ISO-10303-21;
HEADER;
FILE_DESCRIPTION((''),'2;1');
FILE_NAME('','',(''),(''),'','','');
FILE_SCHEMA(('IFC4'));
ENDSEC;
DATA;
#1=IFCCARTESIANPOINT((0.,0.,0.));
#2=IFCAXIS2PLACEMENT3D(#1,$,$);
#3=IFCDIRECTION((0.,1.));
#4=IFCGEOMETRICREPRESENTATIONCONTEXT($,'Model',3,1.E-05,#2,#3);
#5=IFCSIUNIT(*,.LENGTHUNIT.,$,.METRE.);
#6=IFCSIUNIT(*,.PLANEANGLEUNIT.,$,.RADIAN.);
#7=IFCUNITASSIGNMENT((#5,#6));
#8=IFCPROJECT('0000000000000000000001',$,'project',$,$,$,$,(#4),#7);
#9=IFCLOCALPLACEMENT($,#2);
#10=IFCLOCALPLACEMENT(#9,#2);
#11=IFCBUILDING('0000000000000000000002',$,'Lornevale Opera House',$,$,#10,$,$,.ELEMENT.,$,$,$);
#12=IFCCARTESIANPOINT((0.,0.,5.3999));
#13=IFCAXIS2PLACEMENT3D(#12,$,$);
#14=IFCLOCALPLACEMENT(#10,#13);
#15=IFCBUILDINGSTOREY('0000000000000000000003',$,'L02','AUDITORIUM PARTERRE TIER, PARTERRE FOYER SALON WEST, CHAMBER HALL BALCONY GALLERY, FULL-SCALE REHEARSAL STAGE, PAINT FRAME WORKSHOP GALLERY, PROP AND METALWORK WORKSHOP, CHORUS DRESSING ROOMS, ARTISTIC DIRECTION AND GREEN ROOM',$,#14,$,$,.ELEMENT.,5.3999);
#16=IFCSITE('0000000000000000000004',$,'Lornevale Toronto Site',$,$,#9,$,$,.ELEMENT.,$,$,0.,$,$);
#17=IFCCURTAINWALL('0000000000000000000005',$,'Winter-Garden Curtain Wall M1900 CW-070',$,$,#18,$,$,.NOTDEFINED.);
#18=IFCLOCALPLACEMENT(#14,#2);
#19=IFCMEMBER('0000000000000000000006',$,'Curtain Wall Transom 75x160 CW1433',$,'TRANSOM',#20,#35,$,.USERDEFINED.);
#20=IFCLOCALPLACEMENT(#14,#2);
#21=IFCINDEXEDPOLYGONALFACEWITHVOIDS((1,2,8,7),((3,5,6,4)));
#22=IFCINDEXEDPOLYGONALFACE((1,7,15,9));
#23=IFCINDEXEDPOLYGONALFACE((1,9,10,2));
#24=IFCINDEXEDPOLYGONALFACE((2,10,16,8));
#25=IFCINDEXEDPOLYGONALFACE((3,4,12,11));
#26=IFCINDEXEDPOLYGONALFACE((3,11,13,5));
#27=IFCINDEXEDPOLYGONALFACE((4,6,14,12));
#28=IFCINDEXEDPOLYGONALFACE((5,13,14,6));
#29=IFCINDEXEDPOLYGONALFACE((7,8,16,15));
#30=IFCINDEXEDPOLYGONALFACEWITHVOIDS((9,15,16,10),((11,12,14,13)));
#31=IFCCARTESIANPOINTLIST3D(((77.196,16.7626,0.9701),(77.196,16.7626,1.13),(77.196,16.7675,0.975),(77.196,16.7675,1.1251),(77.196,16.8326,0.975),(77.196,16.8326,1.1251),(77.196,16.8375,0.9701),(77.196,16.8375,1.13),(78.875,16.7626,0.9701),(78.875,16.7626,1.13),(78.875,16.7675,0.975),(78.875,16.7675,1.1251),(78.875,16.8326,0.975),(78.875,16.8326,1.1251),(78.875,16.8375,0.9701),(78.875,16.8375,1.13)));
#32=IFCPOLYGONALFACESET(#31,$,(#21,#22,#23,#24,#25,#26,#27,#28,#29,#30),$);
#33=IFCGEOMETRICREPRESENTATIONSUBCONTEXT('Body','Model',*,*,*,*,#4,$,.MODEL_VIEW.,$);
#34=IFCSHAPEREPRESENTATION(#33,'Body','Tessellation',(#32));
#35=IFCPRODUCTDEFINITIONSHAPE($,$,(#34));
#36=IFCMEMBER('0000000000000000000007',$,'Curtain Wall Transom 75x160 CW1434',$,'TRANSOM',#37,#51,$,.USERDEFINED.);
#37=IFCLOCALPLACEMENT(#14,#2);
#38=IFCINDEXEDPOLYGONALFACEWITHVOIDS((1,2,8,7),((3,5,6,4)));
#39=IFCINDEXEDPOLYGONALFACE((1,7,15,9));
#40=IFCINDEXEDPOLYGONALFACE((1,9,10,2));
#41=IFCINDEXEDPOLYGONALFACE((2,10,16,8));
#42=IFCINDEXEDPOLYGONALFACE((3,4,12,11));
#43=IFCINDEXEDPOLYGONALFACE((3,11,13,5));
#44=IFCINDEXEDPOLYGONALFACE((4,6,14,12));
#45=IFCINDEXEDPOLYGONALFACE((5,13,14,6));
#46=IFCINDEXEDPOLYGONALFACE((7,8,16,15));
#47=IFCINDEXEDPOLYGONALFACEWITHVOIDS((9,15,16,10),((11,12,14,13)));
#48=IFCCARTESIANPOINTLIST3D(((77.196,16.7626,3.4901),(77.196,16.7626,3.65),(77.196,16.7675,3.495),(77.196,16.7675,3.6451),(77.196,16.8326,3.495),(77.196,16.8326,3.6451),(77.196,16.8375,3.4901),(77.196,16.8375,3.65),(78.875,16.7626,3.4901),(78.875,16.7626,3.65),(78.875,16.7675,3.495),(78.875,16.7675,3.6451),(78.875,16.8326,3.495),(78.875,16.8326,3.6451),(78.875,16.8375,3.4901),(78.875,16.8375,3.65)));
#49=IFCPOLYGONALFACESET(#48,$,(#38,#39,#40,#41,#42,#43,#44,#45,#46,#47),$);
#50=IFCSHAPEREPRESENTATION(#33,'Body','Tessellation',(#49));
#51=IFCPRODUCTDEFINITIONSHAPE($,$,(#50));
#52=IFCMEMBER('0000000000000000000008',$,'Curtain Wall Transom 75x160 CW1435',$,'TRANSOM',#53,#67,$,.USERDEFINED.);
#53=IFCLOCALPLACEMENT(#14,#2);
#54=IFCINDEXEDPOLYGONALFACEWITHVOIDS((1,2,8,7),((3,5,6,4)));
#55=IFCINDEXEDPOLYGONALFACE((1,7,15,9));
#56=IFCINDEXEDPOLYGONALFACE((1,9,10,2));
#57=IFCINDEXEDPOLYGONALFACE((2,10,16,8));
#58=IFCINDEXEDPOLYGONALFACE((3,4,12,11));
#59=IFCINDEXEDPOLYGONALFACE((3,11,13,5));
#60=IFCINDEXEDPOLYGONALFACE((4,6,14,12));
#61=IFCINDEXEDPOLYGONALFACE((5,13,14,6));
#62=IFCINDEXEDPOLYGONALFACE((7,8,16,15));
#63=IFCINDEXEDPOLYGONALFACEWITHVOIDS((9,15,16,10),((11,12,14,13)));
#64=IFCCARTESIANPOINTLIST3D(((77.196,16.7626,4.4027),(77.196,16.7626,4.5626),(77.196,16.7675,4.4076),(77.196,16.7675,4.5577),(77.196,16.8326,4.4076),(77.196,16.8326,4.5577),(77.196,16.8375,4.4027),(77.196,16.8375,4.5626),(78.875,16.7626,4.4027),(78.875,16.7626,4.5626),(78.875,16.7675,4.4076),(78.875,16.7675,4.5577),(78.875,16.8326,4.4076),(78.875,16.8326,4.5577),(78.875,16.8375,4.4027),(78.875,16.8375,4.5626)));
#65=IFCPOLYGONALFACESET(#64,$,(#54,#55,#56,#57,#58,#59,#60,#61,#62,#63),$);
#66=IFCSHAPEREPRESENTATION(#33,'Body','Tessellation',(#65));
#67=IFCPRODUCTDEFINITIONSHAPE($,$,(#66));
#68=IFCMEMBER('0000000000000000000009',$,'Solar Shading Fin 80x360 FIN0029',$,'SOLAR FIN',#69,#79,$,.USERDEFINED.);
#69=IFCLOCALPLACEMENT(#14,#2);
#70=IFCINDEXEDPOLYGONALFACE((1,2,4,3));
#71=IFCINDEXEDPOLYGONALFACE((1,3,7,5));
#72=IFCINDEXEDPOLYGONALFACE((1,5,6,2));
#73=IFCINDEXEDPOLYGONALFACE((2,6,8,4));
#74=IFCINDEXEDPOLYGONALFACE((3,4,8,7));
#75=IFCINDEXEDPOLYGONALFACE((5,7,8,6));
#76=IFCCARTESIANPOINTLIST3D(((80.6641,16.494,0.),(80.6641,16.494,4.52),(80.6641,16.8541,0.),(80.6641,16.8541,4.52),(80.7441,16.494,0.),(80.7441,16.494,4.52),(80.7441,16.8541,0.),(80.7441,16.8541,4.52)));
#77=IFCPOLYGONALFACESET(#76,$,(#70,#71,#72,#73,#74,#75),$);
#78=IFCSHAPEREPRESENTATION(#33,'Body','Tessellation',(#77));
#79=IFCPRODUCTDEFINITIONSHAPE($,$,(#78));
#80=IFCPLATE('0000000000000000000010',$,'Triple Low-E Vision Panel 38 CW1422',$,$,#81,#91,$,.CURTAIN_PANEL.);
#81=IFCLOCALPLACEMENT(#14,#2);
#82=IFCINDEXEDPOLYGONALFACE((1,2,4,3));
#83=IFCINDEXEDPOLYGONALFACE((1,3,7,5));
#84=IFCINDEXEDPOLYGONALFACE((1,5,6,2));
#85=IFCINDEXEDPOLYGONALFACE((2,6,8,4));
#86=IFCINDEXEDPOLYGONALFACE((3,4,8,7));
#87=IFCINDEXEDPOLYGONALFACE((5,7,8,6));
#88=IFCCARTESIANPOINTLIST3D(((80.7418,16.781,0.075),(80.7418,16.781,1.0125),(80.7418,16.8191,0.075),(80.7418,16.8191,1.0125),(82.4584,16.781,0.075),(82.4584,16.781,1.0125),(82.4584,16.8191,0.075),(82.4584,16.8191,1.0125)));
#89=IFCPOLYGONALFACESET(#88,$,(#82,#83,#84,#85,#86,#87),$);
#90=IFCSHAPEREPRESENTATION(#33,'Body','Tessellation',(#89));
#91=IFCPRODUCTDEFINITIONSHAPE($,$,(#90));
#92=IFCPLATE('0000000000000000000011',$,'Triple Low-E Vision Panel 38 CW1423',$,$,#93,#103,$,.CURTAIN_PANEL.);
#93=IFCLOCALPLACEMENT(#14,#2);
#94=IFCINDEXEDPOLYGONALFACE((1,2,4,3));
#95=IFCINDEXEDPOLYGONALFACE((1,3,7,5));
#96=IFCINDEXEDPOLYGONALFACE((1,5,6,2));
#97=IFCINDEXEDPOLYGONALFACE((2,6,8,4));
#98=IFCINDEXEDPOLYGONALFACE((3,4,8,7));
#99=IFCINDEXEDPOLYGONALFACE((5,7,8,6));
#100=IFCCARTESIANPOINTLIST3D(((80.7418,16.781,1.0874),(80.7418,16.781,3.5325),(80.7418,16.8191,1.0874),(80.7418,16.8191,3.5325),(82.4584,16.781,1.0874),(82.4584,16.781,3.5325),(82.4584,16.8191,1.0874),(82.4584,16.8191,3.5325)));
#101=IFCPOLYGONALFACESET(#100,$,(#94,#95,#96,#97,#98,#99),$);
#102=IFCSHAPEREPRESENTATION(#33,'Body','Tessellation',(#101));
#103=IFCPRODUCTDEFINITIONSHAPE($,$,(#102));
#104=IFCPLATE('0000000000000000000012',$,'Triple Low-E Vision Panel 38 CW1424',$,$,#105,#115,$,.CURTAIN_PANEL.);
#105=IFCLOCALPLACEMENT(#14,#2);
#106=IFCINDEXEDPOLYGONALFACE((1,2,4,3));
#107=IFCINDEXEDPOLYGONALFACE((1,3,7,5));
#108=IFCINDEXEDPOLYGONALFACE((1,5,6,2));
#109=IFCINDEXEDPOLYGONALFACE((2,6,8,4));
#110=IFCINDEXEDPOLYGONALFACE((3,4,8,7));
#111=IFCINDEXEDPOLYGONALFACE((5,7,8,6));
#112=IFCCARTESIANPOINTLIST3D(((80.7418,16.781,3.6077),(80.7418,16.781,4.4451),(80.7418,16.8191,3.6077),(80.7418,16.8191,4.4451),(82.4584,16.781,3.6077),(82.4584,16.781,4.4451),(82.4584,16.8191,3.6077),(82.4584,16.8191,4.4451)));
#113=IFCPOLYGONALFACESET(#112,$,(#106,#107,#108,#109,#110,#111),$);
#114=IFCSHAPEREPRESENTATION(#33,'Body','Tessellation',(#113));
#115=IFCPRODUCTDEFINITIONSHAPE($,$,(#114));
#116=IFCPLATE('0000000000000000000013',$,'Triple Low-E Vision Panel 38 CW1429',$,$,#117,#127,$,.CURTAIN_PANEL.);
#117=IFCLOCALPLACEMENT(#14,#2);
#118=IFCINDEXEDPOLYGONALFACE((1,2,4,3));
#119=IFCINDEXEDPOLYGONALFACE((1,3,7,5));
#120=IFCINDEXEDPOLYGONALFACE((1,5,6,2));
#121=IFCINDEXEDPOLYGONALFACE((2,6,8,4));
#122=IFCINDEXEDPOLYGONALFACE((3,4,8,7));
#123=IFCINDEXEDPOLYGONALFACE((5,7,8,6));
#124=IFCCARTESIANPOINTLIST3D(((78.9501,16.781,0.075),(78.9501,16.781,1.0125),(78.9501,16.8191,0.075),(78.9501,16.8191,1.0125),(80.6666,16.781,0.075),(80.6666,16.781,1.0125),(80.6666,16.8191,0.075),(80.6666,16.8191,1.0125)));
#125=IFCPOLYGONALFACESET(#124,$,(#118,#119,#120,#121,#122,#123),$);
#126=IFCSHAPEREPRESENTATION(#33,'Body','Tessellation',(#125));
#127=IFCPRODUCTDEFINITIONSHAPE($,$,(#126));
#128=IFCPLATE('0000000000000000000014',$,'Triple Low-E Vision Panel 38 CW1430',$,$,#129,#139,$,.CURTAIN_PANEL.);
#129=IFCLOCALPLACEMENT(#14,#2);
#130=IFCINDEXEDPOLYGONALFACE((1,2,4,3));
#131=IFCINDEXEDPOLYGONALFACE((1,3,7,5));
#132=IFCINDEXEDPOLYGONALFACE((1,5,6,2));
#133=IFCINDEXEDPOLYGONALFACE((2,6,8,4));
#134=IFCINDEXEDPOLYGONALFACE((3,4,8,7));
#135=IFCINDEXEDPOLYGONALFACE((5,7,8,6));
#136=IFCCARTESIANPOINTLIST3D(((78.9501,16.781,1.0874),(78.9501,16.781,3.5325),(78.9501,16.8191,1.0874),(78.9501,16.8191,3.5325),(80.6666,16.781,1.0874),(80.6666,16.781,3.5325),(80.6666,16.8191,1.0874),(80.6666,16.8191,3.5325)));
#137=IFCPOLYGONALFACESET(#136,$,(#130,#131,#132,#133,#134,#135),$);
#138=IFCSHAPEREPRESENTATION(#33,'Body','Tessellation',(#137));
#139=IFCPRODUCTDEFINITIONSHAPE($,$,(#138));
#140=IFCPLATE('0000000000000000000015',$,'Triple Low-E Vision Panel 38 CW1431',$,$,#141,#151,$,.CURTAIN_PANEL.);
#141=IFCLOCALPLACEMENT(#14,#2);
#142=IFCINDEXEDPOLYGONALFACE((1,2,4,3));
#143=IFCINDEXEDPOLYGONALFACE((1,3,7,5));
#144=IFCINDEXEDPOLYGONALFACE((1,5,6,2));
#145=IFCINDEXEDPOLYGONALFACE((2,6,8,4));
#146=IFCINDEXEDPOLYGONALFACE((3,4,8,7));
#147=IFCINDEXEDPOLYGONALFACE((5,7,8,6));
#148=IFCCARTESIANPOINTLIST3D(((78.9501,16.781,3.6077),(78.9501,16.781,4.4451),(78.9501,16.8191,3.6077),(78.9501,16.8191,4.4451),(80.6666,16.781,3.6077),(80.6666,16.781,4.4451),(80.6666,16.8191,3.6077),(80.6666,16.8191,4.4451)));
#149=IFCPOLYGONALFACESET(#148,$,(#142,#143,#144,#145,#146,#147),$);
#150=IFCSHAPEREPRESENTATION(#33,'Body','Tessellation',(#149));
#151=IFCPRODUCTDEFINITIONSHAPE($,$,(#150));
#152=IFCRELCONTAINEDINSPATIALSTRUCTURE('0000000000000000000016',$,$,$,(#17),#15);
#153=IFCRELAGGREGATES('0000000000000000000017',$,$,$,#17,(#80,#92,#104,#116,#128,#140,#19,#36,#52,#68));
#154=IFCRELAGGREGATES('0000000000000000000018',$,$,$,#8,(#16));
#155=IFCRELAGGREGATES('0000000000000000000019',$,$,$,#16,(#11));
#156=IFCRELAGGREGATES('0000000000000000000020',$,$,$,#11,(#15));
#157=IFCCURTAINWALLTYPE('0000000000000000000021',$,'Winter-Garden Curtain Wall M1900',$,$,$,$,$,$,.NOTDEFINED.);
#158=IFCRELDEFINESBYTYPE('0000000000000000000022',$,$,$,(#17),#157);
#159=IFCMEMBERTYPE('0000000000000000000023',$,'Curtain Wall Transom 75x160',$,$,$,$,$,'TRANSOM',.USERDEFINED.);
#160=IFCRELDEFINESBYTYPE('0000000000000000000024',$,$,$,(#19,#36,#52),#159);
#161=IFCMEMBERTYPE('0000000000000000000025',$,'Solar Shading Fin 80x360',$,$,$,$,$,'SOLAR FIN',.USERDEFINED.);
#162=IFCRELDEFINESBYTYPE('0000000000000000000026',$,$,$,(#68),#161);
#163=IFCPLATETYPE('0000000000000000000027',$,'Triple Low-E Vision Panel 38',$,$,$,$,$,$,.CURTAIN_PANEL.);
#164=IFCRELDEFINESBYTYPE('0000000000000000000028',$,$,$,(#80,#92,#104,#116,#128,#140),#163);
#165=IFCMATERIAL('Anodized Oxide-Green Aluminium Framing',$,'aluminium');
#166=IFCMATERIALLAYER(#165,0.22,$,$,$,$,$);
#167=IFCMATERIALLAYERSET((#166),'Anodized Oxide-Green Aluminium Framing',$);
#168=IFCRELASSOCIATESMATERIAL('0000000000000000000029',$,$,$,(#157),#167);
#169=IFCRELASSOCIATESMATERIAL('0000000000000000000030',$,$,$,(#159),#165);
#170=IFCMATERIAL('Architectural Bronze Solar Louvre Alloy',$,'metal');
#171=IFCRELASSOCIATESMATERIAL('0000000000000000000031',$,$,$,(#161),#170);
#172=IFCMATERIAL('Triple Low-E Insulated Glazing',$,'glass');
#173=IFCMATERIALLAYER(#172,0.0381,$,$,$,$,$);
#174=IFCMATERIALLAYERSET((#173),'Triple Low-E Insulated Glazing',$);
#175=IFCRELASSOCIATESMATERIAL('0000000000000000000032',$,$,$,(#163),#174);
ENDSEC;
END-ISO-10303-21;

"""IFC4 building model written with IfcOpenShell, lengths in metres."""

from ifc_helpers import new_model, si_unit, direction, frame, origin, origin_2d, place, context, subcontext, project, spatial, rectangle, hollow_rectangle, extrude, material, layer, layer_set, material_profile, profile_set, type_object, element, aggregate, save


model = new_model("IFC4")

# Units and contexts
model_context = context("Model", 3, precision=1e-05, world=origin(), true_north=direction((0.0, 1.0)))
body_context = subcontext(model_context, "Body", "Model", "MODEL_VIEW")
ifc_project = project(units=[si_unit("LENGTHUNIT", "METRE"), si_unit("PLANEANGLEUNIT", "RADIAN")], contexts=[model_context])

# Site, building, storey
site_placement = place(None, origin())
site = spatial("IfcSite", under=ifc_project, at=site_placement, Name="Lornevale Toronto Site", CompositionType="ELEMENT", RefElevation=0.0)
building_placement = place(site_placement, origin())
building = spatial("IfcBuilding", under=site, at=building_placement, Name="Lornevale Opera House", CompositionType="ELEMENT")
storey_placement = place(building_placement, frame((0.0, 0.0, 5.3999)))
storey = spatial("IfcBuildingStorey", under=building, at=storey_placement, Name="L02", Description="AUDITORIUM PARTERRE TIER, PARTERRE FOYER SALON WEST, CHAMBER HALL BALCONY GALLERY, FULL-SCALE REHEARSAL STAGE, PAINT FRAME WORKSHOP GALLERY, PROP AND METALWORK WORKSHOP, CHORUS DRESSING ROOMS, ARTISTIC DIRECTION AND GREEN ROOM", CompositionType="ELEMENT", Elevation=5.3999)

# Curtain wall, members, plates
ifc_material_1 = material(Name="Anodized Oxide-Green Aluminium Framing", Category="aluminium")
ifc_layer_1 = layer(ifc_material_1, 0.22)
ifc_layer_set_1 = layer_set([ifc_layer_1], Name="Anodized Oxide-Green Aluminium Framing")
curtain_wall_type = type_object("IfcCurtainWallType", Name="Winter-Garden Curtain Wall M1900", PredefinedType="NOTDEFINED", material=ifc_layer_set_1)
curtain_wall_placement = place(storey_placement, origin())
curtain_wall = element("IfcCurtainWall", 1, at=curtain_wall_placement, inside=storey, type_object=curtain_wall_type, Name="Winter-Garden Curtain Wall M1900 CW-070", PredefinedType="NOTDEFINED")
ifc_material_profile_1 = material_profile(ifc_material_1, hollow_rectangle(XDim=0.075, YDim=0.1599, WallThickness=0.0049, at=origin_2d()), Name="ALU75x160x5")
ifc_profile_set_1 = profile_set([ifc_material_profile_1], Name="Anodized Oxide-Green Aluminium Framing")
member_type_1 = type_object("IfcMemberType", Name="Curtain Wall Transom 75x160", ElementType="TRANSOM", PredefinedType="USERDEFINED", material=ifc_profile_set_1)
member_1_placement = place(storey_placement, frame((78.875, 16.8, 1.05), z_axis=(-1.0, 0.0, 0.0), x_axis=(0.0, -1.0, 0.0)))
member_1 = element("IfcMember", 2, at=member_1_placement, type_object=member_type_1, Name="Curtain Wall Transom 75x160 CW1433", ObjectType="TRANSOM", PredefinedType="USERDEFINED", context=body_context, shape_type="SweptSolid", body=[
    extrude(hollow_rectangle(XDim=0.075, YDim=0.1599, WallThickness=0.0049, at=origin_2d()), origin(), (0.0, 0.0, 1.0), 1.679),
])
member_2_placement = place(storey_placement, frame((78.875, 16.8, 3.5701), z_axis=(-1.0, 0.0, 0.0), x_axis=(0.0, -1.0, 0.0)))
member_2 = element("IfcMember", 3, at=member_2_placement, type_object=member_type_1, Name="Curtain Wall Transom 75x160 CW1434", ObjectType="TRANSOM", PredefinedType="USERDEFINED", context=body_context, shape_type="SweptSolid", body=[
    extrude(hollow_rectangle(XDim=0.075, YDim=0.1599, WallThickness=0.0049, at=origin_2d()), origin(), (0.0, 0.0, 1.0), 1.679),
])
member_3_placement = place(storey_placement, frame((78.875, 16.8, 4.4827), z_axis=(-1.0, 0.0, 0.0), x_axis=(0.0, -1.0, 0.0)))
member_3 = element("IfcMember", 4, at=member_3_placement, type_object=member_type_1, Name="Curtain Wall Transom 75x160 CW1435", ObjectType="TRANSOM", PredefinedType="USERDEFINED", context=body_context, shape_type="SweptSolid", body=[
    extrude(hollow_rectangle(XDim=0.075, YDim=0.1599, WallThickness=0.0049, at=origin_2d()), origin(), (0.0, 0.0, 1.0), 1.679),
])
ifc_material_2 = material(Name="Architectural Bronze Solar Louvre Alloy", Category="metal")
ifc_material_profile_2 = material_profile(ifc_material_2, rectangle(XDim=0.0801, YDim=0.3601, at=origin_2d()), Name="FIN80x360")
ifc_profile_set_2 = profile_set([ifc_material_profile_2], Name="Architectural Bronze Solar Louvre Alloy")
member_type_2 = type_object("IfcMemberType", Name="Solar Shading Fin 80x360", ElementType="SOLAR FIN", PredefinedType="USERDEFINED", material=ifc_profile_set_2)
member_4_placement = place(storey_placement, frame((80.7041, 16.6741, 0.0), z_axis=(0.0, 0.0, 1.0), x_axis=(-1.0, 0.0, 0.0)))
member_4 = element("IfcMember", 5, at=member_4_placement, type_object=member_type_2, Name="Solar Shading Fin 80x360 FIN0029", ObjectType="SOLAR FIN", PredefinedType="USERDEFINED", context=body_context, shape_type="SweptSolid", body=[
    extrude(rectangle(XDim=0.0801, YDim=0.3601, at=origin_2d()), origin(), (0.0, 0.0, 1.0), 4.52),
])
ifc_material_3 = material(Name="Triple Low-E Insulated Glazing", Category="glass")
ifc_layer_2 = layer(ifc_material_3, 0.0381)
ifc_layer_set_2 = layer_set([ifc_layer_2], Name="Triple Low-E Insulated Glazing")
plate_type = type_object("IfcPlateType", Name="Triple Low-E Vision Panel 38", PredefinedType="CURTAIN_PANEL", material=ifc_layer_set_2)
plate_1_placement = place(storey_placement, frame((81.6001, 16.8, 0.075), z_axis=(0.0, 0.0, 1.0), x_axis=(-1.0, 0.0, 0.0)))
plate_1 = element("IfcPlate", 6, at=plate_1_placement, type_object=plate_type, Name="Triple Low-E Vision Panel 38 CW1422", PredefinedType="CURTAIN_PANEL", context=body_context, shape_type="SweptSolid", body=[
    extrude(rectangle(XDim=1.7166, YDim=0.0381, at=origin_2d()), origin(), (0.0, 0.0, 1.0), 0.9375),
])
plate_2_placement = place(storey_placement, frame((81.6001, 16.8, 1.0874), z_axis=(0.0, 0.0, 1.0), x_axis=(-1.0, 0.0, 0.0)))
plate_2 = element("IfcPlate", 7, at=plate_2_placement, type_object=plate_type, Name="Triple Low-E Vision Panel 38 CW1423", PredefinedType="CURTAIN_PANEL", context=body_context, shape_type="SweptSolid", body=[
    extrude(rectangle(XDim=1.7166, YDim=0.0381, at=origin_2d()), origin(), (0.0, 0.0, 1.0), 2.4451),
])
plate_3_placement = place(storey_placement, frame((81.6001, 16.8, 3.6077), z_axis=(0.0, 0.0, 1.0), x_axis=(-1.0, 0.0, 0.0)))
plate_3 = element("IfcPlate", 8, at=plate_3_placement, type_object=plate_type, Name="Triple Low-E Vision Panel 38 CW1424", PredefinedType="CURTAIN_PANEL", context=body_context, shape_type="SweptSolid", body=[
    extrude(rectangle(XDim=1.7166, YDim=0.0381, at=origin_2d()), origin(), (0.0, 0.0, 1.0), 0.8374),
])
plate_4_placement = place(storey_placement, frame((79.8083, 16.8, 0.075), z_axis=(0.0, 0.0, 1.0), x_axis=(-1.0, 0.0, 0.0)))
plate_4 = element("IfcPlate", 9, at=plate_4_placement, type_object=plate_type, Name="Triple Low-E Vision Panel 38 CW1429", PredefinedType="CURTAIN_PANEL", context=body_context, shape_type="SweptSolid", body=[
    extrude(rectangle(XDim=1.7166, YDim=0.0381, at=origin_2d()), origin(), (0.0, 0.0, 1.0), 0.9375),
])
plate_5_placement = place(storey_placement, frame((79.8083, 16.8, 1.0874), z_axis=(0.0, 0.0, 1.0), x_axis=(-1.0, 0.0, 0.0)))
plate_5 = element("IfcPlate", 10, at=plate_5_placement, type_object=plate_type, Name="Triple Low-E Vision Panel 38 CW1430", PredefinedType="CURTAIN_PANEL", context=body_context, shape_type="SweptSolid", body=[
    extrude(rectangle(XDim=1.7166, YDim=0.0381, at=origin_2d()), origin(), (0.0, 0.0, 1.0), 2.4451),
])
plate_6_placement = place(storey_placement, frame((79.8083, 16.8, 3.6077), z_axis=(0.0, 0.0, 1.0), x_axis=(-1.0, 0.0, 0.0)))
plate_6 = element("IfcPlate", 11, at=plate_6_placement, type_object=plate_type, Name="Triple Low-E Vision Panel 38 CW1431", PredefinedType="CURTAIN_PANEL", context=body_context, shape_type="SweptSolid", body=[
    extrude(rectangle(XDim=1.7166, YDim=0.0381, at=origin_2d()), origin(), (0.0, 0.0, 1.0), 0.8374),
])
aggregate(curtain_wall, [plate_1, plate_2, plate_3, plate_4, plate_5, plate_6, member_1, member_2, member_3, member_4])

save(model, "model.ifc")
